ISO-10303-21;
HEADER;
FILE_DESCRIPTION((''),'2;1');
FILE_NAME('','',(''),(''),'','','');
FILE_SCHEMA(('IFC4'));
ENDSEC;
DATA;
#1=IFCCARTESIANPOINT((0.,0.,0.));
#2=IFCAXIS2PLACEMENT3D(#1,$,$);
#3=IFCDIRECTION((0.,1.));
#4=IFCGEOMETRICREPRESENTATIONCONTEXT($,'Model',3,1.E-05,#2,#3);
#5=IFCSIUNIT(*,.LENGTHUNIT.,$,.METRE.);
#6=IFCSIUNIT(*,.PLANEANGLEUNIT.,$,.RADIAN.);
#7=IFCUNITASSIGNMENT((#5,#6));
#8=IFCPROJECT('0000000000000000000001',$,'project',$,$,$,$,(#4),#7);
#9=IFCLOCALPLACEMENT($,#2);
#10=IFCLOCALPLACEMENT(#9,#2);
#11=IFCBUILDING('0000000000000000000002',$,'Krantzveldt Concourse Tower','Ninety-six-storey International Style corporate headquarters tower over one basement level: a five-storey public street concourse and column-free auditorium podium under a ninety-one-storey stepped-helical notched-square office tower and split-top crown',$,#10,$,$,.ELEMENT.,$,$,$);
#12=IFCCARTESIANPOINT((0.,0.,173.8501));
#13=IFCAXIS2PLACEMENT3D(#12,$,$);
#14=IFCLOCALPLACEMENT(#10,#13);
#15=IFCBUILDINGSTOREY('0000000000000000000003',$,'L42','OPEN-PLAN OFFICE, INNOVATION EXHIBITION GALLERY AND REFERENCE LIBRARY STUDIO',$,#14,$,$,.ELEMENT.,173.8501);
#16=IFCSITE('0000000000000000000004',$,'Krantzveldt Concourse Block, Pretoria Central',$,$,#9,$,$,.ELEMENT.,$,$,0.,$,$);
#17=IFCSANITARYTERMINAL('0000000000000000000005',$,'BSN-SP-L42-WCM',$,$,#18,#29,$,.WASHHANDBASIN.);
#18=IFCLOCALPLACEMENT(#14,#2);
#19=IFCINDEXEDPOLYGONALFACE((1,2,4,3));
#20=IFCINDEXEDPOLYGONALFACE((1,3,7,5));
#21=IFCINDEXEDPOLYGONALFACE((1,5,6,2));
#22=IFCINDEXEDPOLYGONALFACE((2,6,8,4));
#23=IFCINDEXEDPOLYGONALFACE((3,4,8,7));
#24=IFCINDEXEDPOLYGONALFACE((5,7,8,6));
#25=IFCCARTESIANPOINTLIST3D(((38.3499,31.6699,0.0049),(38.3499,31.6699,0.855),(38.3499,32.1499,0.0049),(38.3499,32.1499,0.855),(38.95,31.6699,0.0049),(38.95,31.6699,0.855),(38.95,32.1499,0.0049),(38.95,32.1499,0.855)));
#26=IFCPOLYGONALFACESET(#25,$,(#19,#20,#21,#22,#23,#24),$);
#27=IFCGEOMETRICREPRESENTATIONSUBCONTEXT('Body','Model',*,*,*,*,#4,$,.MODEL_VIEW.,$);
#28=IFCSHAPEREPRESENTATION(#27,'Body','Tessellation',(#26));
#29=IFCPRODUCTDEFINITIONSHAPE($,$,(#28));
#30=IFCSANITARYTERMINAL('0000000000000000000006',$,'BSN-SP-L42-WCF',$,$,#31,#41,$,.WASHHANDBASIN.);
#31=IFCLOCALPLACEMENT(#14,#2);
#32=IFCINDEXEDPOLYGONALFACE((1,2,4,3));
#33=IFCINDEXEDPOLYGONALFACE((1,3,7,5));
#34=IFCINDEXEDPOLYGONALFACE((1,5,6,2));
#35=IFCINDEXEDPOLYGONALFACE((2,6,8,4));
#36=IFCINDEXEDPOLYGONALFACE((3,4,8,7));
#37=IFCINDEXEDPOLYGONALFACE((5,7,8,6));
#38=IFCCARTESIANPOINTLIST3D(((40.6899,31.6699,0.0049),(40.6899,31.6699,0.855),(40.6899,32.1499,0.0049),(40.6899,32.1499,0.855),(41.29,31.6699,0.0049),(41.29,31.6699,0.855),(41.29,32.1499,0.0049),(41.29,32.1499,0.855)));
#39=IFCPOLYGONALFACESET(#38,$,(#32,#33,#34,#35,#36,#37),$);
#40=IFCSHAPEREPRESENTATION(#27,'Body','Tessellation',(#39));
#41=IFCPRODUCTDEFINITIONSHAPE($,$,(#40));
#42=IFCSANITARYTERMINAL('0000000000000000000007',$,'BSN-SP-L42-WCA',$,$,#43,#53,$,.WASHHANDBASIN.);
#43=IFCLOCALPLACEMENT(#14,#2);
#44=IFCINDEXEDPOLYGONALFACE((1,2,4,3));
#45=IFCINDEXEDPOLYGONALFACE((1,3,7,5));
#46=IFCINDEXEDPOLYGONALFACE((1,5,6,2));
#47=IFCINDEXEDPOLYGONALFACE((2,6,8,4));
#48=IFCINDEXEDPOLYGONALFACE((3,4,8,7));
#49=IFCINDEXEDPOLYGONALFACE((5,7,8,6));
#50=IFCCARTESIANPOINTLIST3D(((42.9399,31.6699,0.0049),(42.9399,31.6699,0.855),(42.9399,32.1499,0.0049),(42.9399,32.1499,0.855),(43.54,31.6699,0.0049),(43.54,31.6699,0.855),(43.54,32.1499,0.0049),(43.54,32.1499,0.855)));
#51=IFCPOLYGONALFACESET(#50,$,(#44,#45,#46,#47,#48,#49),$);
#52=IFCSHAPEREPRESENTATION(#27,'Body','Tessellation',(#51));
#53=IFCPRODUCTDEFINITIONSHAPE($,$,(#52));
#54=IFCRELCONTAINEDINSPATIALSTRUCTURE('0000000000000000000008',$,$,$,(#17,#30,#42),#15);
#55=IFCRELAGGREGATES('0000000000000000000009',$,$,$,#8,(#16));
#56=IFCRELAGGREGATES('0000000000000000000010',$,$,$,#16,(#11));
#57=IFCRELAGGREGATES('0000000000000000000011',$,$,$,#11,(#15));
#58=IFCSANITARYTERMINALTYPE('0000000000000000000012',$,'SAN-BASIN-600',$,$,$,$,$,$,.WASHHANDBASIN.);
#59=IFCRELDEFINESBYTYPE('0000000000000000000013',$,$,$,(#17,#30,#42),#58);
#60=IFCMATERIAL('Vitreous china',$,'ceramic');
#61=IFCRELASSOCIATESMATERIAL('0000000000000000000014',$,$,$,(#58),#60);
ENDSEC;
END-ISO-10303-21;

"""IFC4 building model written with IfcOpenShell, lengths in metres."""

from ifc_helpers import new_model, si_unit, direction, frame, origin, origin_2d, place, context, subcontext, project, spatial, rectangle, extrude, source, transform, mapped, material, type_object, type_shapes, element, save


model = new_model("IFC4")

# Units and contexts
model_context = context("Model", 3, precision=1e-05, world=origin(), true_north=direction((0.0, 1.0)))
body_context = subcontext(model_context, "Body", "Model", "MODEL_VIEW")
ifc_project = project(units=[si_unit("LENGTHUNIT", "METRE"), si_unit("PLANEANGLEUNIT", "RADIAN")], contexts=[model_context])

# Site, building, storey
site_placement = place(None, origin())
site = spatial("IfcSite", under=ifc_project, at=site_placement, Name="Krantzveldt Concourse Block, Pretoria Central", CompositionType="ELEMENT", RefElevation=0.0)
building_placement = place(site_placement, origin())
building = spatial("IfcBuilding", under=site, at=building_placement, Name="Krantzveldt Concourse Tower", Description="Ninety-six-storey International Style corporate headquarters tower over one basement level: a five-storey public street concourse and column-free auditorium podium under a ninety-one-storey stepped-helical notched-square office tower and split-top crown", CompositionType="ELEMENT")
storey_placement = place(building_placement, frame((0.0, 0.0, 173.8501)))
storey = spatial("IfcBuildingStorey", under=building, at=storey_placement, Name="L42", Description="OPEN-PLAN OFFICE, INNOVATION EXHIBITION GALLERY AND REFERENCE LIBRARY STUDIO", CompositionType="ELEMENT", Elevation=173.8501)

# Sanitary terminals
ifc_material_1 = material(Name="Vitreous china", Category="ceramic")
sanitary_terminal_type_1 = type_object("IfcSanitaryTerminalType", Name="SAN-BASIN-600", PredefinedType="WASHHANDBASIN", material=ifc_material_1)
shared_shape_1 = source(origin(), body_context, "Body", "SweptSolid", [
    extrude(rectangle(XDim=0.6001, YDim=0.48, at=origin_2d()), origin(), (0.0, 0.0, 1.0), 0.8501),
])
type_shapes(sanitary_terminal_type_1, [shared_shape_1])
for number, where, z_axis, x_axis, name in (
    (1, (38.6499, 31.9099, 0.0049), (0.0, 0.0, 1.0), (1.0, 0.0, 0.0), "BSN-SP-L42-WCM"),
    (2, (40.99, 31.9099, 0.0049), (0.0, 0.0, 1.0), (1.0, 0.0, 0.0), "BSN-SP-L42-WCF"),
    (3, (43.24, 31.9099, 0.0049), (0.0, 0.0, 1.0), (1.0, 0.0, 0.0), "BSN-SP-L42-WCA"),
):
    element("IfcSanitaryTerminal", number, at=place(storey_placement, frame(where, z_axis=z_axis, x_axis=x_axis)), inside=storey, type_object=sanitary_terminal_type_1, Name=name, PredefinedType="WASHHANDBASIN", context=body_context, shape_type="MappedRepresentation", body=[
        mapped(shared_shape_1, transform((0.0, 0.0, 0.0), x_axis=(1.0, 0.0, 0.0), y_axis=(0.0, 1.0, 0.0), z_axis=(0.0, 0.0, 1.0), scale=1.0)),
    ])

save(model, "model.ifc")
